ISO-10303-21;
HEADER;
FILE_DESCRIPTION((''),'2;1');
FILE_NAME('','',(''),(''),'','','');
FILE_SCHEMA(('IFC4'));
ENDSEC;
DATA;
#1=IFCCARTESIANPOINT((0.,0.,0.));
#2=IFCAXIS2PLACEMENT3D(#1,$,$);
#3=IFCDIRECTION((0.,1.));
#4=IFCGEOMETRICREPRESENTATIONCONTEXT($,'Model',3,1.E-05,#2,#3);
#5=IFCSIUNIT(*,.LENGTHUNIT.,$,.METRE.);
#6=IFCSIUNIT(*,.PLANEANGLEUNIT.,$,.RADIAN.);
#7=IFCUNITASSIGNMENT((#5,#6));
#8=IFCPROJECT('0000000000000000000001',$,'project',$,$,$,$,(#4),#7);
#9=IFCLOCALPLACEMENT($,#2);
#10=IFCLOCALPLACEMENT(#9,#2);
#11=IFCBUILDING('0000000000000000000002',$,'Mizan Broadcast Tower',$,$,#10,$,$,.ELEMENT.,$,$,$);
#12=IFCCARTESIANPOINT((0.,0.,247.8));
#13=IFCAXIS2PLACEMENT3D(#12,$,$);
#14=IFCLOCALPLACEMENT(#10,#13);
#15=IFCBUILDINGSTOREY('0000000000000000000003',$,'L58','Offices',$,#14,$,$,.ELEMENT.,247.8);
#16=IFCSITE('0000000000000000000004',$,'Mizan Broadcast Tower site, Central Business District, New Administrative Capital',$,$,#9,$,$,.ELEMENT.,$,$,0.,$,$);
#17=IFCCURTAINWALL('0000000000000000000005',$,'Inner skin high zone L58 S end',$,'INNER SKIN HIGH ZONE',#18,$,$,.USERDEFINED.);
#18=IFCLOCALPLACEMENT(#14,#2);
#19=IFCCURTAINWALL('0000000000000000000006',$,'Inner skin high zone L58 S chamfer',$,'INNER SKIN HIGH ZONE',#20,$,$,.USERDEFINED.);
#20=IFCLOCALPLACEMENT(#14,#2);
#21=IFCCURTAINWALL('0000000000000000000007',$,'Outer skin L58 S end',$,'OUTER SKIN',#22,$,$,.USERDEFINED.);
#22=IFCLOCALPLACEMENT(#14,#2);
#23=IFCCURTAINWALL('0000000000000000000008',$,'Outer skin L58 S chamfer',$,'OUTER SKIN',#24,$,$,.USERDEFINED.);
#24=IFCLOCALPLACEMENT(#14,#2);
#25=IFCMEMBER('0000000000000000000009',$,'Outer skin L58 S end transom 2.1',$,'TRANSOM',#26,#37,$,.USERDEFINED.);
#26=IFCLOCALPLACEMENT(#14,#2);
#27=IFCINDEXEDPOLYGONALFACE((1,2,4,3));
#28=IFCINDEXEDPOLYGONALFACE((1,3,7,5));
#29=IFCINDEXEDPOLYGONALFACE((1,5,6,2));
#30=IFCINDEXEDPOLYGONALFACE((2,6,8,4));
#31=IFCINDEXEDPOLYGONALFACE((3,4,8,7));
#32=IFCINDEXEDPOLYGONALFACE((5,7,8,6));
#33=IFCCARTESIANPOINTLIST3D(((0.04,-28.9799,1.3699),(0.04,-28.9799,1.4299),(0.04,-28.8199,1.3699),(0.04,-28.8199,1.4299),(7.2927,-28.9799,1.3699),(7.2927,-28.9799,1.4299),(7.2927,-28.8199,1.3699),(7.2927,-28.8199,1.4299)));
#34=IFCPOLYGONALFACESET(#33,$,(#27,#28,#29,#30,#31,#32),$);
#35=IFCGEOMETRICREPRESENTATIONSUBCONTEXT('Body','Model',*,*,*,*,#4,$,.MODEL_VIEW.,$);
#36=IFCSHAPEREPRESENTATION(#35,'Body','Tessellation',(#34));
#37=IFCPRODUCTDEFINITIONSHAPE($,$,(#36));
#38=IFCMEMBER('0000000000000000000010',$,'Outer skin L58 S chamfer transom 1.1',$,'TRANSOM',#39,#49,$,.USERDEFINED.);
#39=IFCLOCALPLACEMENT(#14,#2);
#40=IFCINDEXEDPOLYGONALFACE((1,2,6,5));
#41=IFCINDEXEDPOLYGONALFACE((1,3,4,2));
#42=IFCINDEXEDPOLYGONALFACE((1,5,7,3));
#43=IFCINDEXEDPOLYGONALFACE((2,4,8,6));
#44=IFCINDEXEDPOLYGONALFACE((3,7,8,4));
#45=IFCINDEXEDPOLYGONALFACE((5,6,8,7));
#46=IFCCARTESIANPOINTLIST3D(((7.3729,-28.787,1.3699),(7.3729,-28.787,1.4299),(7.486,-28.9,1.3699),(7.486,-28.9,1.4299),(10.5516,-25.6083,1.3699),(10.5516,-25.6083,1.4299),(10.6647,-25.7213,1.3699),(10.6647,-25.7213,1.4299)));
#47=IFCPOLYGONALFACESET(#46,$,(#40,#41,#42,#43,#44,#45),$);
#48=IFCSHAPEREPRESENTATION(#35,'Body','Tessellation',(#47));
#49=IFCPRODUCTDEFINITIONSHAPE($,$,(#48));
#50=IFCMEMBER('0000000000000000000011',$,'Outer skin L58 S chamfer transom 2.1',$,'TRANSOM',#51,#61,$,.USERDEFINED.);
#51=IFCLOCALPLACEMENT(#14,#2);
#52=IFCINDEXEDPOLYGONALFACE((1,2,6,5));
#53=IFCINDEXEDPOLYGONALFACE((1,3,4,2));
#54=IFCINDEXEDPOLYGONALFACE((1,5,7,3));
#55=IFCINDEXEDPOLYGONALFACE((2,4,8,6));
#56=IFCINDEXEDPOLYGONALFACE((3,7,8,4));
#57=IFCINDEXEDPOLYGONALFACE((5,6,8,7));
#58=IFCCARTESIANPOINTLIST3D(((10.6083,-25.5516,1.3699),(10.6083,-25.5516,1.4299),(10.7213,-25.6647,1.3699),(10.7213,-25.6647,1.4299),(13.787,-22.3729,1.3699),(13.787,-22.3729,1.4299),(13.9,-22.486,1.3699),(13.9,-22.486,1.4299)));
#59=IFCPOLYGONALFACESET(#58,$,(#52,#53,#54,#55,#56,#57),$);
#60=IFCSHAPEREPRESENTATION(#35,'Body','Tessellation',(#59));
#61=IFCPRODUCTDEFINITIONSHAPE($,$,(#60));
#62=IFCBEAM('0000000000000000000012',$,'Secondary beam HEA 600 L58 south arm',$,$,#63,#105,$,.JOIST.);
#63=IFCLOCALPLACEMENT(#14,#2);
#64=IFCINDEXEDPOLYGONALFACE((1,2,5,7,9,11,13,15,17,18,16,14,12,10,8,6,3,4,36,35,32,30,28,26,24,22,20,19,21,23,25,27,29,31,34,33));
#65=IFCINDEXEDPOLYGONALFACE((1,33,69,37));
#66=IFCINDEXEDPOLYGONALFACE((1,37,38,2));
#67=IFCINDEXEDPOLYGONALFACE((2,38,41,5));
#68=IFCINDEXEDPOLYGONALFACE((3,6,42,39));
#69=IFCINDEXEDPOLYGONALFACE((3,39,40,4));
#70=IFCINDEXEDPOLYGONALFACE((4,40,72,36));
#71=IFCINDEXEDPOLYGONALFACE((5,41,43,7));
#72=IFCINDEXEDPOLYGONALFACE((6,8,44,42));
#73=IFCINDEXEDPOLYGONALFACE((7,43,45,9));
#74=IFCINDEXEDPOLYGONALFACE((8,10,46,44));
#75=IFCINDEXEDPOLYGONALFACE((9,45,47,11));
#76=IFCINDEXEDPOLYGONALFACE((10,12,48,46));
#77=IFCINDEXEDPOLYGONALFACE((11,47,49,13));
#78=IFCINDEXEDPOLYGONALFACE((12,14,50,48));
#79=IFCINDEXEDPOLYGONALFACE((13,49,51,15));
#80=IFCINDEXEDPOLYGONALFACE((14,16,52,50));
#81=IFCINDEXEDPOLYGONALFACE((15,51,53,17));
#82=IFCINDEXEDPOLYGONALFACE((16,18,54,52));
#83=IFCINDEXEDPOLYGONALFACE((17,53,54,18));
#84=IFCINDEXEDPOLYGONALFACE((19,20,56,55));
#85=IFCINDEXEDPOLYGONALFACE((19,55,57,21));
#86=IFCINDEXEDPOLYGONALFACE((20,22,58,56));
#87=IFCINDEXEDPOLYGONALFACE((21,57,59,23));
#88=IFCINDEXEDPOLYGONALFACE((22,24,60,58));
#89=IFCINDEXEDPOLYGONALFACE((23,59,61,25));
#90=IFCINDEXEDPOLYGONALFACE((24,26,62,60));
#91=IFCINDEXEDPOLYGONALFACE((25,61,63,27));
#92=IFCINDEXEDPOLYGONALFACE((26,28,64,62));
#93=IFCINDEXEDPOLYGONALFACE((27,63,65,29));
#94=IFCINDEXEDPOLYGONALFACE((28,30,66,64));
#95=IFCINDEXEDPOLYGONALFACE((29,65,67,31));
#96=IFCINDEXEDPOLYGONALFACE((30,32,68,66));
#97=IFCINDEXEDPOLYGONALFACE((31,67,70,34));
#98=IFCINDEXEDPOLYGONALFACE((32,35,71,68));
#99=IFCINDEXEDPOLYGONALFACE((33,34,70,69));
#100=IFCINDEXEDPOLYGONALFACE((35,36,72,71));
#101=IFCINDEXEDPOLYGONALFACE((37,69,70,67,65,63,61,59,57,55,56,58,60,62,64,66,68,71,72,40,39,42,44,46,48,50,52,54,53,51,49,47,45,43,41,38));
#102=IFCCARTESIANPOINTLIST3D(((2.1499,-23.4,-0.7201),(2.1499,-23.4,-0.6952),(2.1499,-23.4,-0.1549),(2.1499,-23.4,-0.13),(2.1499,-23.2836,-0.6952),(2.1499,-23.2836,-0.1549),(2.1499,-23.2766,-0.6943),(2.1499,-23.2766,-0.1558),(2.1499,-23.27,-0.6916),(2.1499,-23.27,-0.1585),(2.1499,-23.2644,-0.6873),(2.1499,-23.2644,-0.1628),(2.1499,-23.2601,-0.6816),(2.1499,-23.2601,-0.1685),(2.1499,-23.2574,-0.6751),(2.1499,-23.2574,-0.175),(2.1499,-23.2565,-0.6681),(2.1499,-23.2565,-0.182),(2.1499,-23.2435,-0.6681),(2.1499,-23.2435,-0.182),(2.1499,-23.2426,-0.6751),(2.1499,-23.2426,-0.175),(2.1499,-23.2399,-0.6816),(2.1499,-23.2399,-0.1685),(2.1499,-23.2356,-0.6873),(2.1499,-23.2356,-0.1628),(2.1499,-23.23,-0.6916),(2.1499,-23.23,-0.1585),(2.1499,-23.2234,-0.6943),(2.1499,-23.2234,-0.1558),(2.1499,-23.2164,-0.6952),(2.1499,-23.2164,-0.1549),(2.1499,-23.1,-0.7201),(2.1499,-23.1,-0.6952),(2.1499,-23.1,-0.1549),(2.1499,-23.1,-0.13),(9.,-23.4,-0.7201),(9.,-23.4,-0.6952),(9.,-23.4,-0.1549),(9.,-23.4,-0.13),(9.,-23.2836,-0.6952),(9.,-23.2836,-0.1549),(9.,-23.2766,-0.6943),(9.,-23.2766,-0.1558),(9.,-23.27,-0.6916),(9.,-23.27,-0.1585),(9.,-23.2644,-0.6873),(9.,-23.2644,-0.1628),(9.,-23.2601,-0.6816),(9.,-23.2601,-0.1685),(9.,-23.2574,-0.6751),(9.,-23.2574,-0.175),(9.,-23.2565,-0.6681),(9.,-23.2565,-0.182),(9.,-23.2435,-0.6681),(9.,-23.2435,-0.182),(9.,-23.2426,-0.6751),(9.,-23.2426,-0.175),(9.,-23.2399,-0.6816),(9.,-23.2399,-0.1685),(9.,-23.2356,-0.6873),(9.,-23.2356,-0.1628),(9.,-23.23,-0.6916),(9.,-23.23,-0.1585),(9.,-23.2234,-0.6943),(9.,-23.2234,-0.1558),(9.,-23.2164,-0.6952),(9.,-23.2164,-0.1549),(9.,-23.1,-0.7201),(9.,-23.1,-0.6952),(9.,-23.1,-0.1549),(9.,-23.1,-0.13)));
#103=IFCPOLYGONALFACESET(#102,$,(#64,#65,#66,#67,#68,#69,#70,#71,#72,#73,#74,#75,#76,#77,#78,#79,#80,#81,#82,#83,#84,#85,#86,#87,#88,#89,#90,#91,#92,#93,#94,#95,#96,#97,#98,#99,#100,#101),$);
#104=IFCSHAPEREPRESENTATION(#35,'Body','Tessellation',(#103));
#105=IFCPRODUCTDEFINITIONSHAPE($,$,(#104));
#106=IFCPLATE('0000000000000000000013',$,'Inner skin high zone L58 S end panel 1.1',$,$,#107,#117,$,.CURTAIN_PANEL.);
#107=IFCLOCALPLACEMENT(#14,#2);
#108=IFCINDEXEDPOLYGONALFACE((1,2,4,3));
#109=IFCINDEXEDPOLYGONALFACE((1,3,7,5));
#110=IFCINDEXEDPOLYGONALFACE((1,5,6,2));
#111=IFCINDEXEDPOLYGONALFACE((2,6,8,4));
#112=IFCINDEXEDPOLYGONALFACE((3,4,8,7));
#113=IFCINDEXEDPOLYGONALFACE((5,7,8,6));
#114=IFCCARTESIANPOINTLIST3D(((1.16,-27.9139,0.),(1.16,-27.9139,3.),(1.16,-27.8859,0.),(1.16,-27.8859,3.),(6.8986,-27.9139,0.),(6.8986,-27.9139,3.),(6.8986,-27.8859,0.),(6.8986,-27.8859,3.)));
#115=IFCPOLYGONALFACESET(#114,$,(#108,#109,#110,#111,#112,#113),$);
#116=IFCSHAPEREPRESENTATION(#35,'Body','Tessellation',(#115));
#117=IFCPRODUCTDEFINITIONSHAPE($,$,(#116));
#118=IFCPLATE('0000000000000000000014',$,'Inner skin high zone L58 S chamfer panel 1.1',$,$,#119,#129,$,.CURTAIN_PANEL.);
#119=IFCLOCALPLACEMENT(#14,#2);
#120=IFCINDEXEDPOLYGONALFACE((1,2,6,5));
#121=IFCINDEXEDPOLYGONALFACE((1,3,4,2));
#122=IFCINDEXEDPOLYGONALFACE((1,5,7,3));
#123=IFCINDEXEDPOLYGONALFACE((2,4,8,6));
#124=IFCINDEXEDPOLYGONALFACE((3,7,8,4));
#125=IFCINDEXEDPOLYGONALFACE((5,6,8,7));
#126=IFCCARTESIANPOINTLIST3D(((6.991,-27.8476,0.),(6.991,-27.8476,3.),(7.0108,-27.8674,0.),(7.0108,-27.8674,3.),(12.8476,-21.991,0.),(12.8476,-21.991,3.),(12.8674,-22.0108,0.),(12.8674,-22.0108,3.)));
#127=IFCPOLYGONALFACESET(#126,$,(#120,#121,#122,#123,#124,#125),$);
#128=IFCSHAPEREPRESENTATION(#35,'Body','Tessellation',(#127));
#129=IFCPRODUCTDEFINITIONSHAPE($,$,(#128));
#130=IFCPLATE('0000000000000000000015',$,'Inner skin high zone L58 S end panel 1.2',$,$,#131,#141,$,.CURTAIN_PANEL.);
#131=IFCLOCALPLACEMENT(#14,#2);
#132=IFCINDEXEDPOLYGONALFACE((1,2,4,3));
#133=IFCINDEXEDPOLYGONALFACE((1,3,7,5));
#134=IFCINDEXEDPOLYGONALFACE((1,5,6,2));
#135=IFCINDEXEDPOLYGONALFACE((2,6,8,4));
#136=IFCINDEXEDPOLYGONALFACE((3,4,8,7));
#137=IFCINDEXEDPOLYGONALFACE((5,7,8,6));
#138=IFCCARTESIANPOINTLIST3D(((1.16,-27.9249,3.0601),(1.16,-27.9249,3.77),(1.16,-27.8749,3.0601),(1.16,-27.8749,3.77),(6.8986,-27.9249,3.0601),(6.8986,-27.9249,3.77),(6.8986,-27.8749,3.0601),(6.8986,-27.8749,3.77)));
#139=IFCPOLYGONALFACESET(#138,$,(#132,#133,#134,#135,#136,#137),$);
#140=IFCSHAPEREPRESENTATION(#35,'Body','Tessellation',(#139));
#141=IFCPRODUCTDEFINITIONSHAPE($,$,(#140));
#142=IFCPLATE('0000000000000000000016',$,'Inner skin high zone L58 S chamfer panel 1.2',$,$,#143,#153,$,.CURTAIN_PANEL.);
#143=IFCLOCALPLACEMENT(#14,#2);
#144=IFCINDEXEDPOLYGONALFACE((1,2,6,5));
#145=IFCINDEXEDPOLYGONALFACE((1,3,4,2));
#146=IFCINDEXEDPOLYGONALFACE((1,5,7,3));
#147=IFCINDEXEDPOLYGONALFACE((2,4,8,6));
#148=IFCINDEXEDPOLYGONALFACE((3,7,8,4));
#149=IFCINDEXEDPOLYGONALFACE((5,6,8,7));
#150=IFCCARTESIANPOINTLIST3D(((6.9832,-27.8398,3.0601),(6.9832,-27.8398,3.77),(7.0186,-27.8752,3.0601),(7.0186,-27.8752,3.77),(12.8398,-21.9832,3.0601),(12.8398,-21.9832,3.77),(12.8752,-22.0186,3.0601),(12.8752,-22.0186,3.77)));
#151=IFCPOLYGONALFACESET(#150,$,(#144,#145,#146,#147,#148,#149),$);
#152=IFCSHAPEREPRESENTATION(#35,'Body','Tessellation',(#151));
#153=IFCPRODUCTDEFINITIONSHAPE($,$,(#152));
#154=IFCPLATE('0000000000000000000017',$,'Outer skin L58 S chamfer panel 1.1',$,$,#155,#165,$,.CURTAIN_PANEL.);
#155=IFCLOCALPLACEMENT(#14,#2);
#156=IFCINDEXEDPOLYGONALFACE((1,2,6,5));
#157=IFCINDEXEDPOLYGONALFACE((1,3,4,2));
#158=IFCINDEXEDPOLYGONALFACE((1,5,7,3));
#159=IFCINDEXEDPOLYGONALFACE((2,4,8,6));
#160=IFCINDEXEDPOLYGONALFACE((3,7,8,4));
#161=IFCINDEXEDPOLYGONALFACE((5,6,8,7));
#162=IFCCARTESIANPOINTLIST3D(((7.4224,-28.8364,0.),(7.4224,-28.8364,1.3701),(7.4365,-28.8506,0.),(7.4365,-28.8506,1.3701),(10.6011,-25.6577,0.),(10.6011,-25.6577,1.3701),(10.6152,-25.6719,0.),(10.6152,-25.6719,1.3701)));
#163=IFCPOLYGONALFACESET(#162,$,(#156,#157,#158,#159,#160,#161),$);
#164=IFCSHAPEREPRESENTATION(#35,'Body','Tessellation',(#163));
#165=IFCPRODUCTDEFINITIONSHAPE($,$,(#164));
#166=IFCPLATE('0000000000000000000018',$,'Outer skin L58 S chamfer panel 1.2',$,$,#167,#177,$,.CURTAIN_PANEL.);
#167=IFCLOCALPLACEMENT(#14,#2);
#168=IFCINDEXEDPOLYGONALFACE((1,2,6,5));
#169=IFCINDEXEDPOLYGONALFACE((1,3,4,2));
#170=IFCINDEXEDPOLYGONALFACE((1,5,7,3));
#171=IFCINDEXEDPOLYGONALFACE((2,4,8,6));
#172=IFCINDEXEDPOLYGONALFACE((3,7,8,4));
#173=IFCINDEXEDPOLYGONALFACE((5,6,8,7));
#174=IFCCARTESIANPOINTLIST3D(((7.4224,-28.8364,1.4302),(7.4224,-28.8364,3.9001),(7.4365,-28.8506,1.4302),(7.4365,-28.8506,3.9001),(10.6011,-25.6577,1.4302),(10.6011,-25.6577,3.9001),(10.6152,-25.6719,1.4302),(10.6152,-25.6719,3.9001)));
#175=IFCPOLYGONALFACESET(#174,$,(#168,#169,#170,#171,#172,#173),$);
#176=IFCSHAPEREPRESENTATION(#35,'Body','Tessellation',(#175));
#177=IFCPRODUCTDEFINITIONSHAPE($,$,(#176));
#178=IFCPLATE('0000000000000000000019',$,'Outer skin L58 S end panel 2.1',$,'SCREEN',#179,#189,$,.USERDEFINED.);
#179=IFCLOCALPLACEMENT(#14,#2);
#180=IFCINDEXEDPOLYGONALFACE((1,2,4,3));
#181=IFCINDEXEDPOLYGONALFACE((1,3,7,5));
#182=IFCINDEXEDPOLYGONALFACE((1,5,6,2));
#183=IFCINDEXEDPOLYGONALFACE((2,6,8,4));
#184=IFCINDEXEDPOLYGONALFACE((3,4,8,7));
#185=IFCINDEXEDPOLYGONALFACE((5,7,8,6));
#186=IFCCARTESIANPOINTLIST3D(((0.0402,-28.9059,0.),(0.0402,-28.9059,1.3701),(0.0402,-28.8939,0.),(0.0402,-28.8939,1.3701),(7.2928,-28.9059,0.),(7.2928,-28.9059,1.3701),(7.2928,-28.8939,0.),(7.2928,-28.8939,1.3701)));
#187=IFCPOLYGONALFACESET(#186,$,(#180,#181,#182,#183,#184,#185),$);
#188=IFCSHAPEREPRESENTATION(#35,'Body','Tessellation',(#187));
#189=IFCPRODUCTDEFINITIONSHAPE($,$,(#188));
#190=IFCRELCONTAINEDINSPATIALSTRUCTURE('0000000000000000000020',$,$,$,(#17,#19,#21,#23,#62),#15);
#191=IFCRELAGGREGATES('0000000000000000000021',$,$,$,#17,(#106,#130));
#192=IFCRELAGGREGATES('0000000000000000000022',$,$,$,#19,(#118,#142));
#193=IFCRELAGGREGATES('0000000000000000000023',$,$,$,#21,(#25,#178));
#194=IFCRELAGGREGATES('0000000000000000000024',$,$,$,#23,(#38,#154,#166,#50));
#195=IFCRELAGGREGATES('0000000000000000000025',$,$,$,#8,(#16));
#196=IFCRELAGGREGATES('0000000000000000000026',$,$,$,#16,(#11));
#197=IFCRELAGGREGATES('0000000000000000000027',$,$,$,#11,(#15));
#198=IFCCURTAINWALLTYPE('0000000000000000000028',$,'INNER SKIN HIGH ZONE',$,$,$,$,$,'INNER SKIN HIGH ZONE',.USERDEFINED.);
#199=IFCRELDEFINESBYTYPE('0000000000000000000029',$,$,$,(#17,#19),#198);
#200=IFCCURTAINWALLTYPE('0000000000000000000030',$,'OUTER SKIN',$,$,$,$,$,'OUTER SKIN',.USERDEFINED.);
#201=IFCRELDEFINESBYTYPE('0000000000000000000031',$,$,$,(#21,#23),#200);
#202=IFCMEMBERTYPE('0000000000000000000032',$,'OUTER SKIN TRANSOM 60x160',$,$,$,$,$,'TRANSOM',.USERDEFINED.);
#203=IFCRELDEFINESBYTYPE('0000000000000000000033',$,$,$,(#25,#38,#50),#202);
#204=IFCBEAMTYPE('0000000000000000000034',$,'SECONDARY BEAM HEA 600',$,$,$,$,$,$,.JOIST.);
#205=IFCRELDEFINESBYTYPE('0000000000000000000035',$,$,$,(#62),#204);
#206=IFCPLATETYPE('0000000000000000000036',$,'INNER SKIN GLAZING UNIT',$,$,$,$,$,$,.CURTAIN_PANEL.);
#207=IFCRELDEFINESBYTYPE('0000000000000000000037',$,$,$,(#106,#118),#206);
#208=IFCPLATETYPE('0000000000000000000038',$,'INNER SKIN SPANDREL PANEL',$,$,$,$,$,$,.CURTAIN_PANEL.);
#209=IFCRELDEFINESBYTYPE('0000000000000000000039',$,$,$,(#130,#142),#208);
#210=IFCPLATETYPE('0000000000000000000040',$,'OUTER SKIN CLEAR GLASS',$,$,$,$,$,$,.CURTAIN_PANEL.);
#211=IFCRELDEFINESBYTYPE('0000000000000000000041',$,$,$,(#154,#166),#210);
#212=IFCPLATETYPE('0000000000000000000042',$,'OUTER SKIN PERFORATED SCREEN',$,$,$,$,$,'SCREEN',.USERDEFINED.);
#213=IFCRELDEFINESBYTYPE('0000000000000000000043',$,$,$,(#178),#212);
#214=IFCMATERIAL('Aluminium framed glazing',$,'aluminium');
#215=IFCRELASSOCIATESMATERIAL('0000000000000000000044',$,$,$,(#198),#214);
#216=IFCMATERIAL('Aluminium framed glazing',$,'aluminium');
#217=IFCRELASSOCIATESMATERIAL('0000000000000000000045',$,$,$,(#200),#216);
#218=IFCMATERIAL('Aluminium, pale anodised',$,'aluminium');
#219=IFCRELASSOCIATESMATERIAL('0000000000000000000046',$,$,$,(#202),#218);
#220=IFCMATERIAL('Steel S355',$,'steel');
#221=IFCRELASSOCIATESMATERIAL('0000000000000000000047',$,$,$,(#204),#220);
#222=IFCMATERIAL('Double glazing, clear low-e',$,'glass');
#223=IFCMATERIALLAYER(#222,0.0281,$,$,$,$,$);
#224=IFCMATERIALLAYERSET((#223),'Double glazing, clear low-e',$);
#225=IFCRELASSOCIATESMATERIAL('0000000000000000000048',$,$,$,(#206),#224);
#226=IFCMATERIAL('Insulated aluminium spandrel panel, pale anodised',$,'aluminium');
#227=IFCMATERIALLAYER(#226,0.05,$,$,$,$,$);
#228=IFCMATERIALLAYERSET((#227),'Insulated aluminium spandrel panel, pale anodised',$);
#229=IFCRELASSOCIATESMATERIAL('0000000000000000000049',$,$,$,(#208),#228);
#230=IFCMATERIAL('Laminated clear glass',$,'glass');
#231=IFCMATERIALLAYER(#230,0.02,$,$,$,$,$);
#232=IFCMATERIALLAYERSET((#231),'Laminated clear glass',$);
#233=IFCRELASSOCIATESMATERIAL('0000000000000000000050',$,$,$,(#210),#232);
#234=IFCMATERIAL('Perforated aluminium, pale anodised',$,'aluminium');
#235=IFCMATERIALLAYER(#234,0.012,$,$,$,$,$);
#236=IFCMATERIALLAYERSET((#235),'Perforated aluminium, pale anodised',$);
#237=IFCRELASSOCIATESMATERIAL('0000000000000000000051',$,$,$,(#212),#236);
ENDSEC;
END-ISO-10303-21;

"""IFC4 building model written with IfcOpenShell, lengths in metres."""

from ifc_helpers import new_model, si_unit, direction, frame, origin, origin_2d, place, context, subcontext, project, spatial, rectangle, i_section, extrude, material, layer, layer_set, material_profile, profile_set, type_object, element, aggregate, save


model = new_model("IFC4")

# Units and contexts
model_context = context("Model", 3, precision=1e-05, world=origin(), true_north=direction((0.0, 1.0)))
body_context = subcontext(model_context, "Body", "Model", "MODEL_VIEW")
ifc_project = project(units=[si_unit("LENGTHUNIT", "METRE"), si_unit("PLANEANGLEUNIT", "RADIAN")], contexts=[model_context])

# Site, building, storey
site_placement = place(None, origin())
site = spatial("IfcSite", under=ifc_project, at=site_placement, Name="Mizan Broadcast Tower site, Central Business District, New Administrative Capital", CompositionType="ELEMENT", RefElevation=0.0)
building_placement = place(site_placement, origin())
building = spatial("IfcBuilding", under=site, at=building_placement, Name="Mizan Broadcast Tower", CompositionType="ELEMENT")
storey_placement = place(building_placement, frame((0.0, 0.0, 247.8)))
storey = spatial("IfcBuildingStorey", under=building, at=storey_placement, Name="L58", Description="Offices", CompositionType="ELEMENT", Elevation=247.8)

# Curtain wall
ifc_material_1 = material(Name="Aluminium framed glazing", Category="aluminium")
curtain_wall_type_1 = type_object("IfcCurtainWallType", Name="INNER SKIN HIGH ZONE", ElementType="INNER SKIN HIGH ZONE", PredefinedType="USERDEFINED", material=ifc_material_1)
curtain_wall_1_placement = place(storey_placement, origin())
curtain_wall_1 = element("IfcCurtainWall", 1, at=curtain_wall_1_placement, inside=storey, type_object=curtain_wall_type_1, Name="Inner skin high zone L58 S end", ObjectType="INNER SKIN HIGH ZONE", PredefinedType="USERDEFINED")

# Curtain wall
curtain_wall_2_placement = place(storey_placement, origin())
curtain_wall_2 = element("IfcCurtainWall", 2, at=curtain_wall_2_placement, inside=storey, type_object=curtain_wall_type_1, Name="Inner skin high zone L58 S chamfer", ObjectType="INNER SKIN HIGH ZONE", PredefinedType="USERDEFINED")

# Curtain wall
ifc_material_2 = material(Name="Aluminium framed glazing", Category="aluminium")
curtain_wall_type_2 = type_object("IfcCurtainWallType", Name="OUTER SKIN", ElementType="OUTER SKIN", PredefinedType="USERDEFINED", material=ifc_material_2)
curtain_wall_3_placement = place(storey_placement, origin())
curtain_wall_3 = element("IfcCurtainWall", 3, at=curtain_wall_3_placement, inside=storey, type_object=curtain_wall_type_2, Name="Outer skin L58 S end", ObjectType="OUTER SKIN", PredefinedType="USERDEFINED")

# Curtain wall
curtain_wall_4_placement = place(storey_placement, origin())
curtain_wall_4 = element("IfcCurtainWall", 4, at=curtain_wall_4_placement, inside=storey, type_object=curtain_wall_type_2, Name="Outer skin L58 S chamfer", ObjectType="OUTER SKIN", PredefinedType="USERDEFINED")

# Members
ifc_material_3 = material(Name="Aluminium, pale anodised", Category="aluminium")
ifc_material_profile_1 = material_profile(ifc_material_3, rectangle(XDim=0.1599, YDim=0.0601, at=origin_2d()), Name="TRANSOM 160x60")
ifc_profile_set_1 = profile_set([ifc_material_profile_1], Name="Aluminium, pale anodised")
member_type_1 = type_object("IfcMemberType", Name="OUTER SKIN TRANSOM 60x160", ElementType="TRANSOM", PredefinedType="USERDEFINED", material=ifc_profile_set_1)
member_1_placement = place(storey_placement, frame((0.04, -28.8999, 1.3999), z_axis=(1.0, 0.0, 0.0), x_axis=(0.0, 1.0, 0.0)))
member_1 = element("IfcMember", 5, at=member_1_placement, type_object=member_type_1, Name="Outer skin L58 S end transom 2.1", ObjectType="TRANSOM", PredefinedType="USERDEFINED", context=body_context, shape_type="SweptSolid", body=[
    extrude(rectangle(XDim=0.1599, YDim=0.0601, at=origin_2d()), origin(), (0.0, 0.0, 1.0), 7.2527),
])
member_2_placement = place(storey_placement, frame((7.4294, -28.8435, 1.3999), z_axis=(0.707107, 0.707107, 0.0), x_axis=(-0.707107, 0.707107, 0.0)))
member_2 = element("IfcMember", 6, at=member_2_placement, type_object=member_type_1, Name="Outer skin L58 S chamfer transom 1.1", ObjectType="TRANSOM", PredefinedType="USERDEFINED", context=body_context, shape_type="SweptSolid", body=[
    extrude(rectangle(XDim=0.1599, YDim=0.0601, at=origin_2d()), origin(), (0.0, 0.0, 1.0), 4.4954),
])
member_3_placement = place(storey_placement, frame((10.6648, -25.6082, 1.3999), z_axis=(0.707107, 0.707107, 0.0), x_axis=(-0.707107, 0.707107, 0.0)))
member_3 = element("IfcMember", 7, at=member_3_placement, type_object=member_type_1, Name="Outer skin L58 S chamfer transom 2.1", ObjectType="TRANSOM", PredefinedType="USERDEFINED", context=body_context, shape_type="SweptSolid", body=[
    extrude(rectangle(XDim=0.1599, YDim=0.0601, at=origin_2d()), origin(), (0.0, 0.0, 1.0), 4.4954),
])

# Beam
ifc_material_4 = material(Name="Steel S355", Category="steel")
ifc_material_profile_2 = material_profile(ifc_material_4, i_section(OverallWidth=0.3, OverallDepth=0.5901, WebThickness=0.0129, FlangeThickness=0.0249, FilletRadius=0.0271, at=origin_2d()), Name="HEA 600")
ifc_profile_set_2 = profile_set([ifc_material_profile_2], Name="Steel S355")
beam_type_1 = type_object("IfcBeamType", Name="SECONDARY BEAM HEA 600", PredefinedType="JOIST", material=ifc_profile_set_2)
beam_1_placement = place(storey_placement, frame((9.0, -23.25, -0.425), z_axis=(-1.0, 0.0, 0.0), x_axis=(0.0, -1.0, 0.0)))
element("IfcBeam", 8, at=beam_1_placement, inside=storey, type_object=beam_type_1, Name="Secondary beam HEA 600 L58 south arm", PredefinedType="JOIST", context=body_context, shape_type="SweptSolid", body=[
    extrude(i_section(OverallWidth=0.3, OverallDepth=0.5901, WebThickness=0.0129, FlangeThickness=0.0249, FilletRadius=0.0271, at=origin_2d()), origin(), (0.0, 0.0, 1.0), 6.8501),
])

# Plates
ifc_material_5 = material(Name="Double glazing, clear low-e", Category="glass")
ifc_layer_1 = layer(ifc_material_5, 0.0281)
ifc_layer_set_1 = layer_set([ifc_layer_1], Name="Double glazing, clear low-e")
plate_type_1 = type_object("IfcPlateType", Name="INNER SKIN GLAZING UNIT", PredefinedType="CURTAIN_PANEL", material=ifc_layer_set_1)
plate_1_placement = place(storey_placement, frame((4.0293, -27.8999, 0.0), z_axis=(0.0, 0.0, 1.0), x_axis=(1.0, 0.0, 0.0)))
plate_1 = element("IfcPlate", 9, at=plate_1_placement, type_object=plate_type_1, Name="Inner skin high zone L58 S end panel 1.1", PredefinedType="CURTAIN_PANEL", context=body_context, shape_type="SweptSolid", body=[
    extrude(rectangle(XDim=5.7385, YDim=0.0281, at=origin_2d()), origin(), (0.0, 0.0, 1.0), 3.0),
])
plate_2_placement = place(storey_placement, frame((9.9292, -24.9292, 0.0), z_axis=(0.0, 0.0, 1.0), x_axis=(0.707107, 0.707107, 0.0)))
plate_2 = element("IfcPlate", 10, at=plate_2_placement, type_object=plate_type_1, Name="Inner skin high zone L58 S chamfer panel 1.1", PredefinedType="CURTAIN_PANEL", context=body_context, shape_type="SweptSolid", body=[
    extrude(rectangle(XDim=8.2825, YDim=0.0281, at=origin_2d()), origin(), (0.0, 0.0, 1.0), 3.0),
])
ifc_material_6 = material(Name="Insulated aluminium spandrel panel, pale anodised", Category="aluminium")
ifc_layer_2 = layer(ifc_material_6, 0.05)
ifc_layer_set_2 = layer_set([ifc_layer_2], Name="Insulated aluminium spandrel panel, pale anodised")
plate_type_2 = type_object("IfcPlateType", Name="INNER SKIN SPANDREL PANEL", PredefinedType="CURTAIN_PANEL", material=ifc_layer_set_2)
plate_3_placement = place(storey_placement, frame((4.0293, -27.8999, 3.0601), z_axis=(0.0, 0.0, 1.0), x_axis=(1.0, 0.0, 0.0)))
plate_3 = element("IfcPlate", 11, at=plate_3_placement, type_object=plate_type_2, Name="Inner skin high zone L58 S end panel 1.2", PredefinedType="CURTAIN_PANEL", context=body_context, shape_type="SweptSolid", body=[
    extrude(rectangle(XDim=5.7385, YDim=0.05, at=origin_2d()), origin(), (0.0, 0.0, 1.0), 0.71),
])
aggregate(curtain_wall_1, [plate_1, plate_3])
plate_4_placement = place(storey_placement, frame((9.9292, -24.9292, 3.0601), z_axis=(0.0, 0.0, 1.0), x_axis=(0.707107, 0.707107, 0.0)))
plate_4 = element("IfcPlate", 12, at=plate_4_placement, type_object=plate_type_2, Name="Inner skin high zone L58 S chamfer panel 1.2", PredefinedType="CURTAIN_PANEL", context=body_context, shape_type="SweptSolid", body=[
    extrude(rectangle(XDim=8.2825, YDim=0.05, at=origin_2d()), origin(), (0.0, 0.0, 1.0), 0.71),
])
aggregate(curtain_wall_2, [plate_2, plate_4])
ifc_material_7 = material(Name="Laminated clear glass", Category="glass")
ifc_layer_3 = layer(ifc_material_7, 0.02)
ifc_layer_set_3 = layer_set([ifc_layer_3], Name="Laminated clear glass")
plate_type_3 = type_object("IfcPlateType", Name="OUTER SKIN CLEAR GLASS", PredefinedType="CURTAIN_PANEL", material=ifc_layer_set_3)
plate_5_placement = place(storey_placement, frame((9.0188, -27.2542, 0.0), z_axis=(0.0, 0.0, 1.0), x_axis=(0.707107, 0.707107, 0.0)))
plate_5 = element("IfcPlate", 13, at=plate_5_placement, type_object=plate_type_3, Name="Outer skin L58 S chamfer panel 1.1", PredefinedType="CURTAIN_PANEL", context=body_context, shape_type="SweptSolid", body=[
    extrude(rectangle(XDim=4.4954, YDim=0.02, at=origin_2d()), origin(), (0.0, 0.0, 1.0), 1.3701),
])
plate_6_placement = place(storey_placement, frame((9.0188, -27.2542, 1.4302), z_axis=(0.0, 0.0, 1.0), x_axis=(0.707107, 0.707107, 0.0)))
plate_6 = element("IfcPlate", 14, at=plate_6_placement, type_object=plate_type_3, Name="Outer skin L58 S chamfer panel 1.2", PredefinedType="CURTAIN_PANEL", context=body_context, shape_type="SweptSolid", body=[
    extrude(rectangle(XDim=4.4954, YDim=0.02, at=origin_2d()), origin(), (0.0, 0.0, 1.0), 2.47),
])
ifc_material_8 = material(Name="Perforated aluminium, pale anodised", Category="aluminium")
ifc_layer_4 = layer(ifc_material_8, 0.012)
ifc_layer_set_4 = layer_set([ifc_layer_4], Name="Perforated aluminium, pale anodised")
plate_type_4 = type_object("IfcPlateType", Name="OUTER SKIN PERFORATED SCREEN", ElementType="SCREEN", PredefinedType="USERDEFINED", material=ifc_layer_set_4)
plate_7_placement = place(storey_placement, frame((3.6665, -28.8999, 0.0), z_axis=(0.0, 0.0, 1.0), x_axis=(1.0, 0.0, 0.0)))
plate_7 = element("IfcPlate", 15, at=plate_7_placement, type_object=plate_type_4, Name="Outer skin L58 S end panel 2.1", ObjectType="SCREEN", PredefinedType="USERDEFINED", context=body_context, shape_type="SweptSolid", body=[
    extrude(rectangle(XDim=7.2527, YDim=0.012, at=origin_2d()), origin(), (0.0, 0.0, 1.0), 1.3701),
])
aggregate(curtain_wall_3, [member_1, plate_7])
aggregate(curtain_wall_4, [member_2, plate_5, plate_6, member_3])

save(model, "model.ifc")
